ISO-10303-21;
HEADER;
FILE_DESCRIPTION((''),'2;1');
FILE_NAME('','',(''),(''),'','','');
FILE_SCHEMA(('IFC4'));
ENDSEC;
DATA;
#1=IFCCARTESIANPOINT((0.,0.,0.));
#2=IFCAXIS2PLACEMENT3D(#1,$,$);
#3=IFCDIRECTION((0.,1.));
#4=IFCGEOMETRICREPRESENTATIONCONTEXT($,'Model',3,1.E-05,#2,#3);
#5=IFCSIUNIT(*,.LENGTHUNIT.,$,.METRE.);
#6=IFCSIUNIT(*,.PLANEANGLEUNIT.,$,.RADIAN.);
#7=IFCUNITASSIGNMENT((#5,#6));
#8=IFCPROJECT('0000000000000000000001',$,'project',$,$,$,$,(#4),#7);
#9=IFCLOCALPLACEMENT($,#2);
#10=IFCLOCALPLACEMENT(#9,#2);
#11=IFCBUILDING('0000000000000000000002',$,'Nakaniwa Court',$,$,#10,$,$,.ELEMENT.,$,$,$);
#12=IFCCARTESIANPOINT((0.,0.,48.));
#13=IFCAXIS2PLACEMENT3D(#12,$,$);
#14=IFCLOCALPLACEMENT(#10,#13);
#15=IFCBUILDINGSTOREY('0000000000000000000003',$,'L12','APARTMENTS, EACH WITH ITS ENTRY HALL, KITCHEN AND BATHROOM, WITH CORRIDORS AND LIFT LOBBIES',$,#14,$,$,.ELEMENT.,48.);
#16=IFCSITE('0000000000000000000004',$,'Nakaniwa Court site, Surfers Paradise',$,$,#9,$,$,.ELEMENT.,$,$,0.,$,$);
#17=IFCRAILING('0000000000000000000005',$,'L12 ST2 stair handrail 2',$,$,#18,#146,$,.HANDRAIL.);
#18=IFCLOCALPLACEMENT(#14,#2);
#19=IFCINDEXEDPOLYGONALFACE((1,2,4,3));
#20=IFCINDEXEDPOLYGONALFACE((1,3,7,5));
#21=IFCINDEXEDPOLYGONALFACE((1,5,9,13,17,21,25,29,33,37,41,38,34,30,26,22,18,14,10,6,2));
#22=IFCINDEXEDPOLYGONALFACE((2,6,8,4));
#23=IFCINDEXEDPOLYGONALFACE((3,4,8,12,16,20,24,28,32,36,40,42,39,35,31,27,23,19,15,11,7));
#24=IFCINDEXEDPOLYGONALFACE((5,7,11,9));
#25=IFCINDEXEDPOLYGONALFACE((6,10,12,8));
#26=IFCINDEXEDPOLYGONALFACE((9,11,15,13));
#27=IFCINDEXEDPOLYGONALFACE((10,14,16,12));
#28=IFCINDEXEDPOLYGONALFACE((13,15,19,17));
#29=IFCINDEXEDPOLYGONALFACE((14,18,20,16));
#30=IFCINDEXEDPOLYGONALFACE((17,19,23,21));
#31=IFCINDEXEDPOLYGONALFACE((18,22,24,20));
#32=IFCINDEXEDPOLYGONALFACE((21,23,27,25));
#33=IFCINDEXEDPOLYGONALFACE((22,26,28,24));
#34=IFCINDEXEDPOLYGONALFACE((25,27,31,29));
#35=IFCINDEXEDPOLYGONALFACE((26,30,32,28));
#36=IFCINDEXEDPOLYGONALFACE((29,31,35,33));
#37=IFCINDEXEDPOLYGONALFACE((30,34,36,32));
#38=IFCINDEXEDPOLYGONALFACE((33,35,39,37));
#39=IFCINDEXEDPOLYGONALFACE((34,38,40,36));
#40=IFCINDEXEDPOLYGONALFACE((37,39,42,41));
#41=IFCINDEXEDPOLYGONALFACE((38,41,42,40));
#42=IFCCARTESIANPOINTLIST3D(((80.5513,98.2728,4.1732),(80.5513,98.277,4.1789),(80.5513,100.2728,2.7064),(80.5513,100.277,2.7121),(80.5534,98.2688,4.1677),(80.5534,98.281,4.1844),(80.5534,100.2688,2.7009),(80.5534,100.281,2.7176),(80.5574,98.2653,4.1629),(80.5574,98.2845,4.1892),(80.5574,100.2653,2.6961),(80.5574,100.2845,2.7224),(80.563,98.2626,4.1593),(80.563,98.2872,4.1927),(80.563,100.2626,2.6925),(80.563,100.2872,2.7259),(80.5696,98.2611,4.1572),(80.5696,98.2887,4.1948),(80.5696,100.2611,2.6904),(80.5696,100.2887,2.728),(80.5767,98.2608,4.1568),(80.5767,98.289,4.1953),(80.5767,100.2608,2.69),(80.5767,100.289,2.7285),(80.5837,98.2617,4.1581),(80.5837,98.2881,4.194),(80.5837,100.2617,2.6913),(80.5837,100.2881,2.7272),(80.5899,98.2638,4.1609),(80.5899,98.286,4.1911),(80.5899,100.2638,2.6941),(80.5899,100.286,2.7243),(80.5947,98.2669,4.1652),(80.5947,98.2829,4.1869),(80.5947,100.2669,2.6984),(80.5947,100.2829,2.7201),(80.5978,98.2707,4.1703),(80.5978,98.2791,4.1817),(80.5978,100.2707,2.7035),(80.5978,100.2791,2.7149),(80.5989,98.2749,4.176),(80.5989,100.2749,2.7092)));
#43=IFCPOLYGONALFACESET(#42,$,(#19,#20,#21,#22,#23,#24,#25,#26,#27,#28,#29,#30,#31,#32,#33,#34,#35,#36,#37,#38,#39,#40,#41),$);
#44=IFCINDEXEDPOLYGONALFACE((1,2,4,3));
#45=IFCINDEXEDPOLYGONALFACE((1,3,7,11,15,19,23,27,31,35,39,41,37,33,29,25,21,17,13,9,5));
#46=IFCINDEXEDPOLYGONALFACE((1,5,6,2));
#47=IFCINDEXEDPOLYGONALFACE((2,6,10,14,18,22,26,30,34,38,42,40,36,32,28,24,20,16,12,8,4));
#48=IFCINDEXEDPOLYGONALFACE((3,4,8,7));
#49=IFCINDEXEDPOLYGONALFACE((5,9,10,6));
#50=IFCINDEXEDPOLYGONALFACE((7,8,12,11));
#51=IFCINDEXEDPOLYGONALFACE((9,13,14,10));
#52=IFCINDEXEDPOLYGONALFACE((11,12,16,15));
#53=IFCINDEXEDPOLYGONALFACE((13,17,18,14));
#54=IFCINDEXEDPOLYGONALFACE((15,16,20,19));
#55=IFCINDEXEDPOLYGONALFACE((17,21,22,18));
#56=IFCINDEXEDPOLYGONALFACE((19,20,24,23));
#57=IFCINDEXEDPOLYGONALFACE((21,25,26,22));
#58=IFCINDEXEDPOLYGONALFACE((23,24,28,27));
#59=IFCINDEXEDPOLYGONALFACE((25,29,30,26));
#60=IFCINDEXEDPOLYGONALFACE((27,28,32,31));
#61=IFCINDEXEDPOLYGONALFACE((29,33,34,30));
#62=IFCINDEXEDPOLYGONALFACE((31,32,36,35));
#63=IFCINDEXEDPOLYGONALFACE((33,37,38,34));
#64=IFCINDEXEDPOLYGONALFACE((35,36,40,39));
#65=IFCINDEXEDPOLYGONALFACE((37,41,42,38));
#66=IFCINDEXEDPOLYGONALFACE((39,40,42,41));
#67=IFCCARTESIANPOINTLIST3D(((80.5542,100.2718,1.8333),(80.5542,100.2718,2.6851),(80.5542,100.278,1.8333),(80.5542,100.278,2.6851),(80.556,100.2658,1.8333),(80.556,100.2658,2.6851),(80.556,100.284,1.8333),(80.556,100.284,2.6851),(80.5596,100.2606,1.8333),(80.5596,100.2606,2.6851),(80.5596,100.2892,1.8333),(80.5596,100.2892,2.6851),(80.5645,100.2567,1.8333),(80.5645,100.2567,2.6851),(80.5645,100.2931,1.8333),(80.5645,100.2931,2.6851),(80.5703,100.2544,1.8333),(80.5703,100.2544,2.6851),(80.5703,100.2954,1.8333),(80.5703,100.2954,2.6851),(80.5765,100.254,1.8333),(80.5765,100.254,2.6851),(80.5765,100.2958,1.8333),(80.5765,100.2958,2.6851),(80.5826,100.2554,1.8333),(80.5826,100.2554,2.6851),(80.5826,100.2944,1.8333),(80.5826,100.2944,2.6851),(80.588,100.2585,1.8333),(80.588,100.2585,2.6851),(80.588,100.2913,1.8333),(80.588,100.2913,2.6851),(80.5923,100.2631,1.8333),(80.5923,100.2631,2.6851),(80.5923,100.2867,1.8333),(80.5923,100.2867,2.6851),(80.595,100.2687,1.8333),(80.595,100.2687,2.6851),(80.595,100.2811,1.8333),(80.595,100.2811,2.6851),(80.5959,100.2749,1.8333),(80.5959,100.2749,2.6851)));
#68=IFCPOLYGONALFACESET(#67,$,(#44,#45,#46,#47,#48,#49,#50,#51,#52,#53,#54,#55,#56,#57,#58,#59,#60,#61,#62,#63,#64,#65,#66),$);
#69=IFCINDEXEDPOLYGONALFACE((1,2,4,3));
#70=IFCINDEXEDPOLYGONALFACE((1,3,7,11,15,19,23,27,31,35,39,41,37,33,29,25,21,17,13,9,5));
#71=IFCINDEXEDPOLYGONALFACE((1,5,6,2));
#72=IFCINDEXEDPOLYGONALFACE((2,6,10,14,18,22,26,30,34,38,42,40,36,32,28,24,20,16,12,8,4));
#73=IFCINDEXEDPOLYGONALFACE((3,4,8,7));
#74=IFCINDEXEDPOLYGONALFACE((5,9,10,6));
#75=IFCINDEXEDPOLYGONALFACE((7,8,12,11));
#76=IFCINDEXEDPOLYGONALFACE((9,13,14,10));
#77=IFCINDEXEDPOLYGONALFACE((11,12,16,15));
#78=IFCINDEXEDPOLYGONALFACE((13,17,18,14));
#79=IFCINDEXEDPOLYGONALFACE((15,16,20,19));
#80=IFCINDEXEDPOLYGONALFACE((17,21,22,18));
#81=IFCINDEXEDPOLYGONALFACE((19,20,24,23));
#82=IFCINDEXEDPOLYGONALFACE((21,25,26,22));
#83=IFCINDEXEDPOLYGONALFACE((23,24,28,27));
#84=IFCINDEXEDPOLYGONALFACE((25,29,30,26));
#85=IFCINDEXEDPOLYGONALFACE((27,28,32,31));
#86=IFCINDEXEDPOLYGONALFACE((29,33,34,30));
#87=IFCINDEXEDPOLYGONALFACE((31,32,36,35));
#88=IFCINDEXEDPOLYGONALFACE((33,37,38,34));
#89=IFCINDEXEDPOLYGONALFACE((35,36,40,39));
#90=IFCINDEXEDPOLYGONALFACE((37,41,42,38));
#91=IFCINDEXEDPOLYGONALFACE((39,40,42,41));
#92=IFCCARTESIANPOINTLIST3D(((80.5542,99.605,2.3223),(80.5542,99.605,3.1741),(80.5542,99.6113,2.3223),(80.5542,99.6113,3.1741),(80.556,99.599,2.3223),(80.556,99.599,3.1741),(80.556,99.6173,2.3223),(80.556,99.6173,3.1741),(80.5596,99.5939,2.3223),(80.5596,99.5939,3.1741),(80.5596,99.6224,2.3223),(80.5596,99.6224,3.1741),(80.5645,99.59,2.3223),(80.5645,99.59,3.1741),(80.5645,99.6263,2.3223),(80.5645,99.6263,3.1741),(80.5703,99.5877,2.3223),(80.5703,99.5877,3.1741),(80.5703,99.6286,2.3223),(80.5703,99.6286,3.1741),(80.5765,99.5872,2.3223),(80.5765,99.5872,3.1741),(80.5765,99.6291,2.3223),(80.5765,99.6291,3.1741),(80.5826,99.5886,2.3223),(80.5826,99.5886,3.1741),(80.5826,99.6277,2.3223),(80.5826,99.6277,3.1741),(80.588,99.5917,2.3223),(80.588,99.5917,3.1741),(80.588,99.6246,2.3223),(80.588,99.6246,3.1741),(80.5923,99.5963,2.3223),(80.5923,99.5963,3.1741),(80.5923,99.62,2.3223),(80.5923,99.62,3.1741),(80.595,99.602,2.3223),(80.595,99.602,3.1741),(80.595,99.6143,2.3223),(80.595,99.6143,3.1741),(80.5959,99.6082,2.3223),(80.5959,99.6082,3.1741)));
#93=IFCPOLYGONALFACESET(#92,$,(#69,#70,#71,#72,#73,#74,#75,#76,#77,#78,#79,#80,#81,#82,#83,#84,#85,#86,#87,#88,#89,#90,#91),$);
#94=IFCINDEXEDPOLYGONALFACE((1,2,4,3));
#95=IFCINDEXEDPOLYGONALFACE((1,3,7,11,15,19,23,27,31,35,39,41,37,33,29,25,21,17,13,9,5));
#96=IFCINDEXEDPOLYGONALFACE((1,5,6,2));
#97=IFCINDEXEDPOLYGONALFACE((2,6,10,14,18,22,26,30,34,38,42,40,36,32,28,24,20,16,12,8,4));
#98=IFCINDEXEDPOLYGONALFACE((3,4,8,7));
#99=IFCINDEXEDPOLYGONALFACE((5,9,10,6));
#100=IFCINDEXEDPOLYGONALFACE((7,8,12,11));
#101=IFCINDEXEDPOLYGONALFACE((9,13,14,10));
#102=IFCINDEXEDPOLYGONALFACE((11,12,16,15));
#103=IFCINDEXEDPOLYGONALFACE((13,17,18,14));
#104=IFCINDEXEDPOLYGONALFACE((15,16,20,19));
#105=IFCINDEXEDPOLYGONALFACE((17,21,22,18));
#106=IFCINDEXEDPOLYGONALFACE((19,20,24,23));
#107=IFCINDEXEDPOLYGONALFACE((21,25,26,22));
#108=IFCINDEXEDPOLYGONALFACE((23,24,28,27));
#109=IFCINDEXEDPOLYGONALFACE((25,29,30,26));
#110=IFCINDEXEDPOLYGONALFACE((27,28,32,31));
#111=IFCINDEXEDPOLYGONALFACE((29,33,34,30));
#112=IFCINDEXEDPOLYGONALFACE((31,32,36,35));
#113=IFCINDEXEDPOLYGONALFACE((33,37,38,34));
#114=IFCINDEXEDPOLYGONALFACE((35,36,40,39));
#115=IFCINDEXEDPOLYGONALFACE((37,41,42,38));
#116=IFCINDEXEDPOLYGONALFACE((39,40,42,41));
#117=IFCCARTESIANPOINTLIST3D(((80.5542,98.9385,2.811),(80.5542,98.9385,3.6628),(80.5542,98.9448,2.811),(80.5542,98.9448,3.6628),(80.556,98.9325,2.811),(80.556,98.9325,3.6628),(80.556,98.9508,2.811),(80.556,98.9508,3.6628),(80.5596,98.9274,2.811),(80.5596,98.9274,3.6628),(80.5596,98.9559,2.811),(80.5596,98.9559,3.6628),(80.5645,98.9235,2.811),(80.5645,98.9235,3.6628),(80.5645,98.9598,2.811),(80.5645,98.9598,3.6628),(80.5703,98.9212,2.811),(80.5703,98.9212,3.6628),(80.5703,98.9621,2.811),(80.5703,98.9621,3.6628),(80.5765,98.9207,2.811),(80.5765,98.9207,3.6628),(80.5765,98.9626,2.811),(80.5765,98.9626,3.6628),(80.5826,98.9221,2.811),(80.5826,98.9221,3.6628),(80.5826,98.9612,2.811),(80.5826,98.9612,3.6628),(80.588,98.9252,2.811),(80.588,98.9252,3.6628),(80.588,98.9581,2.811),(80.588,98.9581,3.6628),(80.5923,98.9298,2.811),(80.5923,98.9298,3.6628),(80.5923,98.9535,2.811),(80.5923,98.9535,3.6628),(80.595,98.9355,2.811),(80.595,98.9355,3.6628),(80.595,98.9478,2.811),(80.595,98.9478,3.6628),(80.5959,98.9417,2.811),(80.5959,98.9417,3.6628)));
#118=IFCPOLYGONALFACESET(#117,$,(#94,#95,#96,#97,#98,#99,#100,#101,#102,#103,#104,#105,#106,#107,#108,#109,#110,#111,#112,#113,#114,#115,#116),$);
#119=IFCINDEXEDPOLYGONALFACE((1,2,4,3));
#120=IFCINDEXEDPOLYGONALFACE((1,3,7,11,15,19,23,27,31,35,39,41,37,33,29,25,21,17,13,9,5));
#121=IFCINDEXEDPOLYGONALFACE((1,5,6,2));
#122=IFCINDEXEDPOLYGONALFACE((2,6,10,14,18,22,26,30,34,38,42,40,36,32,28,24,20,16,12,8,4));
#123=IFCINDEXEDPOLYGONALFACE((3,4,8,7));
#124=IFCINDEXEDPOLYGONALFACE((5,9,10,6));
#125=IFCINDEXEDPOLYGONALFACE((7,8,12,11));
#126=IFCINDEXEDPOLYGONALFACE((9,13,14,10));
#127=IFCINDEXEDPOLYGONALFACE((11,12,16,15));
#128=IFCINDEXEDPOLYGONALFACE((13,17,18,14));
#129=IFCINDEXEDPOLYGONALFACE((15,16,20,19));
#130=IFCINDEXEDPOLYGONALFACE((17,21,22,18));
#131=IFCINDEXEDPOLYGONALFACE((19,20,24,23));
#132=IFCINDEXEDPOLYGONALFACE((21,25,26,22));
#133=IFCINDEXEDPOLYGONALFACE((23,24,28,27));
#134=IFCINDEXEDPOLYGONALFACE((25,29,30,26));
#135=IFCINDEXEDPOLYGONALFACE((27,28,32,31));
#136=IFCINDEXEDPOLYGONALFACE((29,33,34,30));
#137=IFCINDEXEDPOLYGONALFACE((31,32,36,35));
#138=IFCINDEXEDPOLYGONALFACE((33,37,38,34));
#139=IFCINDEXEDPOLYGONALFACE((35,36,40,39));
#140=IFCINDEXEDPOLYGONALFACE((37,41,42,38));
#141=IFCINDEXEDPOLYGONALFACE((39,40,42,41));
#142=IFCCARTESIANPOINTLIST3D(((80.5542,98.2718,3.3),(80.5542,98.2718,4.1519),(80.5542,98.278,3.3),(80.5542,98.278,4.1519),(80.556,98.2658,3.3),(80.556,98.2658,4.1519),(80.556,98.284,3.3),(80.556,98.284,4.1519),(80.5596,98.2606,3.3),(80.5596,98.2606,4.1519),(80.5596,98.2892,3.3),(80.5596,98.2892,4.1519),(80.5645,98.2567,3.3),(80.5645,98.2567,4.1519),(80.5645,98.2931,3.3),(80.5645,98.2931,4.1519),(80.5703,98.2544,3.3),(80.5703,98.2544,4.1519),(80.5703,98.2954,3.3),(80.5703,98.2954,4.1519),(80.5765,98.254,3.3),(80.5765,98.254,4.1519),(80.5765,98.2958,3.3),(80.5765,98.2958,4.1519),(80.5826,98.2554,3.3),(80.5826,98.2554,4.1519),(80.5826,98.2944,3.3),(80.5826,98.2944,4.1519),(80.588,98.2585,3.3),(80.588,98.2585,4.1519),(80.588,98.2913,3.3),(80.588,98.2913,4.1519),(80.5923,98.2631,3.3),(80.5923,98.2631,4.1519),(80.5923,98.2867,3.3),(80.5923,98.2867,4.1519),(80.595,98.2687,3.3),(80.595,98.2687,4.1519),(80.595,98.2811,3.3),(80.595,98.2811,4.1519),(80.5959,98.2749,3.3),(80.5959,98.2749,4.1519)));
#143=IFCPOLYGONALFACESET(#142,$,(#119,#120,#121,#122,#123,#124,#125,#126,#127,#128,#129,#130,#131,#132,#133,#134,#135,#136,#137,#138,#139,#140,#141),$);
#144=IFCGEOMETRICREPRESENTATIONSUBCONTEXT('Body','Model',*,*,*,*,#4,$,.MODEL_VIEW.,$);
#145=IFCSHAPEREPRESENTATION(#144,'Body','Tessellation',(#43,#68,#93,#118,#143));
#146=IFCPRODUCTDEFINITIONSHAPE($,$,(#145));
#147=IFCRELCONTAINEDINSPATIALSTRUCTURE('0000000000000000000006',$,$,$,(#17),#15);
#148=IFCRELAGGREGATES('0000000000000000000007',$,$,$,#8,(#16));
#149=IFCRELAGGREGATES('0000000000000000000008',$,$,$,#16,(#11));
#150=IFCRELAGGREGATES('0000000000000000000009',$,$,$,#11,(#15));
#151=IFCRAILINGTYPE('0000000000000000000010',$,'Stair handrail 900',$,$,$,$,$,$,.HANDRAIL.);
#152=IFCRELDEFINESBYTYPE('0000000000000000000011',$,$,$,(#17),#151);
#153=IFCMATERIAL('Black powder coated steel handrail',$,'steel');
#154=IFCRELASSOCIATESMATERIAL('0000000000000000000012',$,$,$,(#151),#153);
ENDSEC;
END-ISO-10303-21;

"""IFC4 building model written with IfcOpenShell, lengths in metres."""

from ifc_helpers import new_model, si_unit, direction, frame, origin, origin_2d, place, context, subcontext, project, spatial, circle, extrude, material, type_object, element, save


model = new_model("IFC4")

# Units and contexts
model_context = context("Model", 3, precision=1e-05, world=origin(), true_north=direction((0.0, 1.0)))
body_context = subcontext(model_context, "Body", "Model", "MODEL_VIEW")
ifc_project = project(units=[si_unit("LENGTHUNIT", "METRE"), si_unit("PLANEANGLEUNIT", "RADIAN")], contexts=[model_context])

# Site, building, storey
site_placement = place(None, origin())
site = spatial("IfcSite", under=ifc_project, at=site_placement, Name="Nakaniwa Court site, Surfers Paradise", CompositionType="ELEMENT", RefElevation=0.0)
building_placement = place(site_placement, origin())
building = spatial("IfcBuilding", under=site, at=building_placement, Name="Nakaniwa Court", CompositionType="ELEMENT")
storey_placement = place(building_placement, frame((0.0, 0.0, 48.0)))
storey = spatial("IfcBuildingStorey", under=building, at=storey_placement, Name="L12", Description="APARTMENTS, EACH WITH ITS ENTRY HALL, KITCHEN AND BATHROOM, WITH CORRIDORS AND LIFT LOBBIES", CompositionType="ELEMENT", Elevation=48.0)

# Railing
ifc_material_1 = material(Name="Black powder coated steel handrail", Category="steel")
railing_type_1 = type_object("IfcRailingType", Name="Stair handrail 900", PredefinedType="HANDRAIL", material=ifc_material_1)
railing_1_placement = place(storey_placement, frame((80.575, 100.2749, 1.8333)))
element("IfcRailing", 1, at=railing_1_placement, inside=storey, type_object=railing_type_1, Name="L12 ST2 stair handrail 2", PredefinedType="HANDRAIL", context=body_context, shape_type="SweptSolid", body=[
    extrude(circle(Radius=0.0239, at=origin_2d()), frame((0.0, 0.0, 0.876), z_axis=(0.0, -0.80638, 0.591398), x_axis=(1.0, 0.0, 0.0)), (0.0, 0.0, 1.0), 2.4802),
    extrude(circle(Radius=0.021, at=origin_2d()), origin(), (0.0, 0.0, 1.0), 0.8518),
    extrude(circle(Radius=0.021, at=origin_2d()), frame((0.0, -0.6667, 0.489)), (0.0, 0.0, 1.0), 0.8518),
    extrude(circle(Radius=0.021, at=origin_2d()), frame((0.0, -1.3333, 0.9778)), (0.0, 0.0, 1.0), 0.8518),
    extrude(circle(Radius=0.021, at=origin_2d()), frame((0.0, -2.0, 1.4668)), (0.0, 0.0, 1.0), 0.8518),
])

save(model, "model.ifc")
